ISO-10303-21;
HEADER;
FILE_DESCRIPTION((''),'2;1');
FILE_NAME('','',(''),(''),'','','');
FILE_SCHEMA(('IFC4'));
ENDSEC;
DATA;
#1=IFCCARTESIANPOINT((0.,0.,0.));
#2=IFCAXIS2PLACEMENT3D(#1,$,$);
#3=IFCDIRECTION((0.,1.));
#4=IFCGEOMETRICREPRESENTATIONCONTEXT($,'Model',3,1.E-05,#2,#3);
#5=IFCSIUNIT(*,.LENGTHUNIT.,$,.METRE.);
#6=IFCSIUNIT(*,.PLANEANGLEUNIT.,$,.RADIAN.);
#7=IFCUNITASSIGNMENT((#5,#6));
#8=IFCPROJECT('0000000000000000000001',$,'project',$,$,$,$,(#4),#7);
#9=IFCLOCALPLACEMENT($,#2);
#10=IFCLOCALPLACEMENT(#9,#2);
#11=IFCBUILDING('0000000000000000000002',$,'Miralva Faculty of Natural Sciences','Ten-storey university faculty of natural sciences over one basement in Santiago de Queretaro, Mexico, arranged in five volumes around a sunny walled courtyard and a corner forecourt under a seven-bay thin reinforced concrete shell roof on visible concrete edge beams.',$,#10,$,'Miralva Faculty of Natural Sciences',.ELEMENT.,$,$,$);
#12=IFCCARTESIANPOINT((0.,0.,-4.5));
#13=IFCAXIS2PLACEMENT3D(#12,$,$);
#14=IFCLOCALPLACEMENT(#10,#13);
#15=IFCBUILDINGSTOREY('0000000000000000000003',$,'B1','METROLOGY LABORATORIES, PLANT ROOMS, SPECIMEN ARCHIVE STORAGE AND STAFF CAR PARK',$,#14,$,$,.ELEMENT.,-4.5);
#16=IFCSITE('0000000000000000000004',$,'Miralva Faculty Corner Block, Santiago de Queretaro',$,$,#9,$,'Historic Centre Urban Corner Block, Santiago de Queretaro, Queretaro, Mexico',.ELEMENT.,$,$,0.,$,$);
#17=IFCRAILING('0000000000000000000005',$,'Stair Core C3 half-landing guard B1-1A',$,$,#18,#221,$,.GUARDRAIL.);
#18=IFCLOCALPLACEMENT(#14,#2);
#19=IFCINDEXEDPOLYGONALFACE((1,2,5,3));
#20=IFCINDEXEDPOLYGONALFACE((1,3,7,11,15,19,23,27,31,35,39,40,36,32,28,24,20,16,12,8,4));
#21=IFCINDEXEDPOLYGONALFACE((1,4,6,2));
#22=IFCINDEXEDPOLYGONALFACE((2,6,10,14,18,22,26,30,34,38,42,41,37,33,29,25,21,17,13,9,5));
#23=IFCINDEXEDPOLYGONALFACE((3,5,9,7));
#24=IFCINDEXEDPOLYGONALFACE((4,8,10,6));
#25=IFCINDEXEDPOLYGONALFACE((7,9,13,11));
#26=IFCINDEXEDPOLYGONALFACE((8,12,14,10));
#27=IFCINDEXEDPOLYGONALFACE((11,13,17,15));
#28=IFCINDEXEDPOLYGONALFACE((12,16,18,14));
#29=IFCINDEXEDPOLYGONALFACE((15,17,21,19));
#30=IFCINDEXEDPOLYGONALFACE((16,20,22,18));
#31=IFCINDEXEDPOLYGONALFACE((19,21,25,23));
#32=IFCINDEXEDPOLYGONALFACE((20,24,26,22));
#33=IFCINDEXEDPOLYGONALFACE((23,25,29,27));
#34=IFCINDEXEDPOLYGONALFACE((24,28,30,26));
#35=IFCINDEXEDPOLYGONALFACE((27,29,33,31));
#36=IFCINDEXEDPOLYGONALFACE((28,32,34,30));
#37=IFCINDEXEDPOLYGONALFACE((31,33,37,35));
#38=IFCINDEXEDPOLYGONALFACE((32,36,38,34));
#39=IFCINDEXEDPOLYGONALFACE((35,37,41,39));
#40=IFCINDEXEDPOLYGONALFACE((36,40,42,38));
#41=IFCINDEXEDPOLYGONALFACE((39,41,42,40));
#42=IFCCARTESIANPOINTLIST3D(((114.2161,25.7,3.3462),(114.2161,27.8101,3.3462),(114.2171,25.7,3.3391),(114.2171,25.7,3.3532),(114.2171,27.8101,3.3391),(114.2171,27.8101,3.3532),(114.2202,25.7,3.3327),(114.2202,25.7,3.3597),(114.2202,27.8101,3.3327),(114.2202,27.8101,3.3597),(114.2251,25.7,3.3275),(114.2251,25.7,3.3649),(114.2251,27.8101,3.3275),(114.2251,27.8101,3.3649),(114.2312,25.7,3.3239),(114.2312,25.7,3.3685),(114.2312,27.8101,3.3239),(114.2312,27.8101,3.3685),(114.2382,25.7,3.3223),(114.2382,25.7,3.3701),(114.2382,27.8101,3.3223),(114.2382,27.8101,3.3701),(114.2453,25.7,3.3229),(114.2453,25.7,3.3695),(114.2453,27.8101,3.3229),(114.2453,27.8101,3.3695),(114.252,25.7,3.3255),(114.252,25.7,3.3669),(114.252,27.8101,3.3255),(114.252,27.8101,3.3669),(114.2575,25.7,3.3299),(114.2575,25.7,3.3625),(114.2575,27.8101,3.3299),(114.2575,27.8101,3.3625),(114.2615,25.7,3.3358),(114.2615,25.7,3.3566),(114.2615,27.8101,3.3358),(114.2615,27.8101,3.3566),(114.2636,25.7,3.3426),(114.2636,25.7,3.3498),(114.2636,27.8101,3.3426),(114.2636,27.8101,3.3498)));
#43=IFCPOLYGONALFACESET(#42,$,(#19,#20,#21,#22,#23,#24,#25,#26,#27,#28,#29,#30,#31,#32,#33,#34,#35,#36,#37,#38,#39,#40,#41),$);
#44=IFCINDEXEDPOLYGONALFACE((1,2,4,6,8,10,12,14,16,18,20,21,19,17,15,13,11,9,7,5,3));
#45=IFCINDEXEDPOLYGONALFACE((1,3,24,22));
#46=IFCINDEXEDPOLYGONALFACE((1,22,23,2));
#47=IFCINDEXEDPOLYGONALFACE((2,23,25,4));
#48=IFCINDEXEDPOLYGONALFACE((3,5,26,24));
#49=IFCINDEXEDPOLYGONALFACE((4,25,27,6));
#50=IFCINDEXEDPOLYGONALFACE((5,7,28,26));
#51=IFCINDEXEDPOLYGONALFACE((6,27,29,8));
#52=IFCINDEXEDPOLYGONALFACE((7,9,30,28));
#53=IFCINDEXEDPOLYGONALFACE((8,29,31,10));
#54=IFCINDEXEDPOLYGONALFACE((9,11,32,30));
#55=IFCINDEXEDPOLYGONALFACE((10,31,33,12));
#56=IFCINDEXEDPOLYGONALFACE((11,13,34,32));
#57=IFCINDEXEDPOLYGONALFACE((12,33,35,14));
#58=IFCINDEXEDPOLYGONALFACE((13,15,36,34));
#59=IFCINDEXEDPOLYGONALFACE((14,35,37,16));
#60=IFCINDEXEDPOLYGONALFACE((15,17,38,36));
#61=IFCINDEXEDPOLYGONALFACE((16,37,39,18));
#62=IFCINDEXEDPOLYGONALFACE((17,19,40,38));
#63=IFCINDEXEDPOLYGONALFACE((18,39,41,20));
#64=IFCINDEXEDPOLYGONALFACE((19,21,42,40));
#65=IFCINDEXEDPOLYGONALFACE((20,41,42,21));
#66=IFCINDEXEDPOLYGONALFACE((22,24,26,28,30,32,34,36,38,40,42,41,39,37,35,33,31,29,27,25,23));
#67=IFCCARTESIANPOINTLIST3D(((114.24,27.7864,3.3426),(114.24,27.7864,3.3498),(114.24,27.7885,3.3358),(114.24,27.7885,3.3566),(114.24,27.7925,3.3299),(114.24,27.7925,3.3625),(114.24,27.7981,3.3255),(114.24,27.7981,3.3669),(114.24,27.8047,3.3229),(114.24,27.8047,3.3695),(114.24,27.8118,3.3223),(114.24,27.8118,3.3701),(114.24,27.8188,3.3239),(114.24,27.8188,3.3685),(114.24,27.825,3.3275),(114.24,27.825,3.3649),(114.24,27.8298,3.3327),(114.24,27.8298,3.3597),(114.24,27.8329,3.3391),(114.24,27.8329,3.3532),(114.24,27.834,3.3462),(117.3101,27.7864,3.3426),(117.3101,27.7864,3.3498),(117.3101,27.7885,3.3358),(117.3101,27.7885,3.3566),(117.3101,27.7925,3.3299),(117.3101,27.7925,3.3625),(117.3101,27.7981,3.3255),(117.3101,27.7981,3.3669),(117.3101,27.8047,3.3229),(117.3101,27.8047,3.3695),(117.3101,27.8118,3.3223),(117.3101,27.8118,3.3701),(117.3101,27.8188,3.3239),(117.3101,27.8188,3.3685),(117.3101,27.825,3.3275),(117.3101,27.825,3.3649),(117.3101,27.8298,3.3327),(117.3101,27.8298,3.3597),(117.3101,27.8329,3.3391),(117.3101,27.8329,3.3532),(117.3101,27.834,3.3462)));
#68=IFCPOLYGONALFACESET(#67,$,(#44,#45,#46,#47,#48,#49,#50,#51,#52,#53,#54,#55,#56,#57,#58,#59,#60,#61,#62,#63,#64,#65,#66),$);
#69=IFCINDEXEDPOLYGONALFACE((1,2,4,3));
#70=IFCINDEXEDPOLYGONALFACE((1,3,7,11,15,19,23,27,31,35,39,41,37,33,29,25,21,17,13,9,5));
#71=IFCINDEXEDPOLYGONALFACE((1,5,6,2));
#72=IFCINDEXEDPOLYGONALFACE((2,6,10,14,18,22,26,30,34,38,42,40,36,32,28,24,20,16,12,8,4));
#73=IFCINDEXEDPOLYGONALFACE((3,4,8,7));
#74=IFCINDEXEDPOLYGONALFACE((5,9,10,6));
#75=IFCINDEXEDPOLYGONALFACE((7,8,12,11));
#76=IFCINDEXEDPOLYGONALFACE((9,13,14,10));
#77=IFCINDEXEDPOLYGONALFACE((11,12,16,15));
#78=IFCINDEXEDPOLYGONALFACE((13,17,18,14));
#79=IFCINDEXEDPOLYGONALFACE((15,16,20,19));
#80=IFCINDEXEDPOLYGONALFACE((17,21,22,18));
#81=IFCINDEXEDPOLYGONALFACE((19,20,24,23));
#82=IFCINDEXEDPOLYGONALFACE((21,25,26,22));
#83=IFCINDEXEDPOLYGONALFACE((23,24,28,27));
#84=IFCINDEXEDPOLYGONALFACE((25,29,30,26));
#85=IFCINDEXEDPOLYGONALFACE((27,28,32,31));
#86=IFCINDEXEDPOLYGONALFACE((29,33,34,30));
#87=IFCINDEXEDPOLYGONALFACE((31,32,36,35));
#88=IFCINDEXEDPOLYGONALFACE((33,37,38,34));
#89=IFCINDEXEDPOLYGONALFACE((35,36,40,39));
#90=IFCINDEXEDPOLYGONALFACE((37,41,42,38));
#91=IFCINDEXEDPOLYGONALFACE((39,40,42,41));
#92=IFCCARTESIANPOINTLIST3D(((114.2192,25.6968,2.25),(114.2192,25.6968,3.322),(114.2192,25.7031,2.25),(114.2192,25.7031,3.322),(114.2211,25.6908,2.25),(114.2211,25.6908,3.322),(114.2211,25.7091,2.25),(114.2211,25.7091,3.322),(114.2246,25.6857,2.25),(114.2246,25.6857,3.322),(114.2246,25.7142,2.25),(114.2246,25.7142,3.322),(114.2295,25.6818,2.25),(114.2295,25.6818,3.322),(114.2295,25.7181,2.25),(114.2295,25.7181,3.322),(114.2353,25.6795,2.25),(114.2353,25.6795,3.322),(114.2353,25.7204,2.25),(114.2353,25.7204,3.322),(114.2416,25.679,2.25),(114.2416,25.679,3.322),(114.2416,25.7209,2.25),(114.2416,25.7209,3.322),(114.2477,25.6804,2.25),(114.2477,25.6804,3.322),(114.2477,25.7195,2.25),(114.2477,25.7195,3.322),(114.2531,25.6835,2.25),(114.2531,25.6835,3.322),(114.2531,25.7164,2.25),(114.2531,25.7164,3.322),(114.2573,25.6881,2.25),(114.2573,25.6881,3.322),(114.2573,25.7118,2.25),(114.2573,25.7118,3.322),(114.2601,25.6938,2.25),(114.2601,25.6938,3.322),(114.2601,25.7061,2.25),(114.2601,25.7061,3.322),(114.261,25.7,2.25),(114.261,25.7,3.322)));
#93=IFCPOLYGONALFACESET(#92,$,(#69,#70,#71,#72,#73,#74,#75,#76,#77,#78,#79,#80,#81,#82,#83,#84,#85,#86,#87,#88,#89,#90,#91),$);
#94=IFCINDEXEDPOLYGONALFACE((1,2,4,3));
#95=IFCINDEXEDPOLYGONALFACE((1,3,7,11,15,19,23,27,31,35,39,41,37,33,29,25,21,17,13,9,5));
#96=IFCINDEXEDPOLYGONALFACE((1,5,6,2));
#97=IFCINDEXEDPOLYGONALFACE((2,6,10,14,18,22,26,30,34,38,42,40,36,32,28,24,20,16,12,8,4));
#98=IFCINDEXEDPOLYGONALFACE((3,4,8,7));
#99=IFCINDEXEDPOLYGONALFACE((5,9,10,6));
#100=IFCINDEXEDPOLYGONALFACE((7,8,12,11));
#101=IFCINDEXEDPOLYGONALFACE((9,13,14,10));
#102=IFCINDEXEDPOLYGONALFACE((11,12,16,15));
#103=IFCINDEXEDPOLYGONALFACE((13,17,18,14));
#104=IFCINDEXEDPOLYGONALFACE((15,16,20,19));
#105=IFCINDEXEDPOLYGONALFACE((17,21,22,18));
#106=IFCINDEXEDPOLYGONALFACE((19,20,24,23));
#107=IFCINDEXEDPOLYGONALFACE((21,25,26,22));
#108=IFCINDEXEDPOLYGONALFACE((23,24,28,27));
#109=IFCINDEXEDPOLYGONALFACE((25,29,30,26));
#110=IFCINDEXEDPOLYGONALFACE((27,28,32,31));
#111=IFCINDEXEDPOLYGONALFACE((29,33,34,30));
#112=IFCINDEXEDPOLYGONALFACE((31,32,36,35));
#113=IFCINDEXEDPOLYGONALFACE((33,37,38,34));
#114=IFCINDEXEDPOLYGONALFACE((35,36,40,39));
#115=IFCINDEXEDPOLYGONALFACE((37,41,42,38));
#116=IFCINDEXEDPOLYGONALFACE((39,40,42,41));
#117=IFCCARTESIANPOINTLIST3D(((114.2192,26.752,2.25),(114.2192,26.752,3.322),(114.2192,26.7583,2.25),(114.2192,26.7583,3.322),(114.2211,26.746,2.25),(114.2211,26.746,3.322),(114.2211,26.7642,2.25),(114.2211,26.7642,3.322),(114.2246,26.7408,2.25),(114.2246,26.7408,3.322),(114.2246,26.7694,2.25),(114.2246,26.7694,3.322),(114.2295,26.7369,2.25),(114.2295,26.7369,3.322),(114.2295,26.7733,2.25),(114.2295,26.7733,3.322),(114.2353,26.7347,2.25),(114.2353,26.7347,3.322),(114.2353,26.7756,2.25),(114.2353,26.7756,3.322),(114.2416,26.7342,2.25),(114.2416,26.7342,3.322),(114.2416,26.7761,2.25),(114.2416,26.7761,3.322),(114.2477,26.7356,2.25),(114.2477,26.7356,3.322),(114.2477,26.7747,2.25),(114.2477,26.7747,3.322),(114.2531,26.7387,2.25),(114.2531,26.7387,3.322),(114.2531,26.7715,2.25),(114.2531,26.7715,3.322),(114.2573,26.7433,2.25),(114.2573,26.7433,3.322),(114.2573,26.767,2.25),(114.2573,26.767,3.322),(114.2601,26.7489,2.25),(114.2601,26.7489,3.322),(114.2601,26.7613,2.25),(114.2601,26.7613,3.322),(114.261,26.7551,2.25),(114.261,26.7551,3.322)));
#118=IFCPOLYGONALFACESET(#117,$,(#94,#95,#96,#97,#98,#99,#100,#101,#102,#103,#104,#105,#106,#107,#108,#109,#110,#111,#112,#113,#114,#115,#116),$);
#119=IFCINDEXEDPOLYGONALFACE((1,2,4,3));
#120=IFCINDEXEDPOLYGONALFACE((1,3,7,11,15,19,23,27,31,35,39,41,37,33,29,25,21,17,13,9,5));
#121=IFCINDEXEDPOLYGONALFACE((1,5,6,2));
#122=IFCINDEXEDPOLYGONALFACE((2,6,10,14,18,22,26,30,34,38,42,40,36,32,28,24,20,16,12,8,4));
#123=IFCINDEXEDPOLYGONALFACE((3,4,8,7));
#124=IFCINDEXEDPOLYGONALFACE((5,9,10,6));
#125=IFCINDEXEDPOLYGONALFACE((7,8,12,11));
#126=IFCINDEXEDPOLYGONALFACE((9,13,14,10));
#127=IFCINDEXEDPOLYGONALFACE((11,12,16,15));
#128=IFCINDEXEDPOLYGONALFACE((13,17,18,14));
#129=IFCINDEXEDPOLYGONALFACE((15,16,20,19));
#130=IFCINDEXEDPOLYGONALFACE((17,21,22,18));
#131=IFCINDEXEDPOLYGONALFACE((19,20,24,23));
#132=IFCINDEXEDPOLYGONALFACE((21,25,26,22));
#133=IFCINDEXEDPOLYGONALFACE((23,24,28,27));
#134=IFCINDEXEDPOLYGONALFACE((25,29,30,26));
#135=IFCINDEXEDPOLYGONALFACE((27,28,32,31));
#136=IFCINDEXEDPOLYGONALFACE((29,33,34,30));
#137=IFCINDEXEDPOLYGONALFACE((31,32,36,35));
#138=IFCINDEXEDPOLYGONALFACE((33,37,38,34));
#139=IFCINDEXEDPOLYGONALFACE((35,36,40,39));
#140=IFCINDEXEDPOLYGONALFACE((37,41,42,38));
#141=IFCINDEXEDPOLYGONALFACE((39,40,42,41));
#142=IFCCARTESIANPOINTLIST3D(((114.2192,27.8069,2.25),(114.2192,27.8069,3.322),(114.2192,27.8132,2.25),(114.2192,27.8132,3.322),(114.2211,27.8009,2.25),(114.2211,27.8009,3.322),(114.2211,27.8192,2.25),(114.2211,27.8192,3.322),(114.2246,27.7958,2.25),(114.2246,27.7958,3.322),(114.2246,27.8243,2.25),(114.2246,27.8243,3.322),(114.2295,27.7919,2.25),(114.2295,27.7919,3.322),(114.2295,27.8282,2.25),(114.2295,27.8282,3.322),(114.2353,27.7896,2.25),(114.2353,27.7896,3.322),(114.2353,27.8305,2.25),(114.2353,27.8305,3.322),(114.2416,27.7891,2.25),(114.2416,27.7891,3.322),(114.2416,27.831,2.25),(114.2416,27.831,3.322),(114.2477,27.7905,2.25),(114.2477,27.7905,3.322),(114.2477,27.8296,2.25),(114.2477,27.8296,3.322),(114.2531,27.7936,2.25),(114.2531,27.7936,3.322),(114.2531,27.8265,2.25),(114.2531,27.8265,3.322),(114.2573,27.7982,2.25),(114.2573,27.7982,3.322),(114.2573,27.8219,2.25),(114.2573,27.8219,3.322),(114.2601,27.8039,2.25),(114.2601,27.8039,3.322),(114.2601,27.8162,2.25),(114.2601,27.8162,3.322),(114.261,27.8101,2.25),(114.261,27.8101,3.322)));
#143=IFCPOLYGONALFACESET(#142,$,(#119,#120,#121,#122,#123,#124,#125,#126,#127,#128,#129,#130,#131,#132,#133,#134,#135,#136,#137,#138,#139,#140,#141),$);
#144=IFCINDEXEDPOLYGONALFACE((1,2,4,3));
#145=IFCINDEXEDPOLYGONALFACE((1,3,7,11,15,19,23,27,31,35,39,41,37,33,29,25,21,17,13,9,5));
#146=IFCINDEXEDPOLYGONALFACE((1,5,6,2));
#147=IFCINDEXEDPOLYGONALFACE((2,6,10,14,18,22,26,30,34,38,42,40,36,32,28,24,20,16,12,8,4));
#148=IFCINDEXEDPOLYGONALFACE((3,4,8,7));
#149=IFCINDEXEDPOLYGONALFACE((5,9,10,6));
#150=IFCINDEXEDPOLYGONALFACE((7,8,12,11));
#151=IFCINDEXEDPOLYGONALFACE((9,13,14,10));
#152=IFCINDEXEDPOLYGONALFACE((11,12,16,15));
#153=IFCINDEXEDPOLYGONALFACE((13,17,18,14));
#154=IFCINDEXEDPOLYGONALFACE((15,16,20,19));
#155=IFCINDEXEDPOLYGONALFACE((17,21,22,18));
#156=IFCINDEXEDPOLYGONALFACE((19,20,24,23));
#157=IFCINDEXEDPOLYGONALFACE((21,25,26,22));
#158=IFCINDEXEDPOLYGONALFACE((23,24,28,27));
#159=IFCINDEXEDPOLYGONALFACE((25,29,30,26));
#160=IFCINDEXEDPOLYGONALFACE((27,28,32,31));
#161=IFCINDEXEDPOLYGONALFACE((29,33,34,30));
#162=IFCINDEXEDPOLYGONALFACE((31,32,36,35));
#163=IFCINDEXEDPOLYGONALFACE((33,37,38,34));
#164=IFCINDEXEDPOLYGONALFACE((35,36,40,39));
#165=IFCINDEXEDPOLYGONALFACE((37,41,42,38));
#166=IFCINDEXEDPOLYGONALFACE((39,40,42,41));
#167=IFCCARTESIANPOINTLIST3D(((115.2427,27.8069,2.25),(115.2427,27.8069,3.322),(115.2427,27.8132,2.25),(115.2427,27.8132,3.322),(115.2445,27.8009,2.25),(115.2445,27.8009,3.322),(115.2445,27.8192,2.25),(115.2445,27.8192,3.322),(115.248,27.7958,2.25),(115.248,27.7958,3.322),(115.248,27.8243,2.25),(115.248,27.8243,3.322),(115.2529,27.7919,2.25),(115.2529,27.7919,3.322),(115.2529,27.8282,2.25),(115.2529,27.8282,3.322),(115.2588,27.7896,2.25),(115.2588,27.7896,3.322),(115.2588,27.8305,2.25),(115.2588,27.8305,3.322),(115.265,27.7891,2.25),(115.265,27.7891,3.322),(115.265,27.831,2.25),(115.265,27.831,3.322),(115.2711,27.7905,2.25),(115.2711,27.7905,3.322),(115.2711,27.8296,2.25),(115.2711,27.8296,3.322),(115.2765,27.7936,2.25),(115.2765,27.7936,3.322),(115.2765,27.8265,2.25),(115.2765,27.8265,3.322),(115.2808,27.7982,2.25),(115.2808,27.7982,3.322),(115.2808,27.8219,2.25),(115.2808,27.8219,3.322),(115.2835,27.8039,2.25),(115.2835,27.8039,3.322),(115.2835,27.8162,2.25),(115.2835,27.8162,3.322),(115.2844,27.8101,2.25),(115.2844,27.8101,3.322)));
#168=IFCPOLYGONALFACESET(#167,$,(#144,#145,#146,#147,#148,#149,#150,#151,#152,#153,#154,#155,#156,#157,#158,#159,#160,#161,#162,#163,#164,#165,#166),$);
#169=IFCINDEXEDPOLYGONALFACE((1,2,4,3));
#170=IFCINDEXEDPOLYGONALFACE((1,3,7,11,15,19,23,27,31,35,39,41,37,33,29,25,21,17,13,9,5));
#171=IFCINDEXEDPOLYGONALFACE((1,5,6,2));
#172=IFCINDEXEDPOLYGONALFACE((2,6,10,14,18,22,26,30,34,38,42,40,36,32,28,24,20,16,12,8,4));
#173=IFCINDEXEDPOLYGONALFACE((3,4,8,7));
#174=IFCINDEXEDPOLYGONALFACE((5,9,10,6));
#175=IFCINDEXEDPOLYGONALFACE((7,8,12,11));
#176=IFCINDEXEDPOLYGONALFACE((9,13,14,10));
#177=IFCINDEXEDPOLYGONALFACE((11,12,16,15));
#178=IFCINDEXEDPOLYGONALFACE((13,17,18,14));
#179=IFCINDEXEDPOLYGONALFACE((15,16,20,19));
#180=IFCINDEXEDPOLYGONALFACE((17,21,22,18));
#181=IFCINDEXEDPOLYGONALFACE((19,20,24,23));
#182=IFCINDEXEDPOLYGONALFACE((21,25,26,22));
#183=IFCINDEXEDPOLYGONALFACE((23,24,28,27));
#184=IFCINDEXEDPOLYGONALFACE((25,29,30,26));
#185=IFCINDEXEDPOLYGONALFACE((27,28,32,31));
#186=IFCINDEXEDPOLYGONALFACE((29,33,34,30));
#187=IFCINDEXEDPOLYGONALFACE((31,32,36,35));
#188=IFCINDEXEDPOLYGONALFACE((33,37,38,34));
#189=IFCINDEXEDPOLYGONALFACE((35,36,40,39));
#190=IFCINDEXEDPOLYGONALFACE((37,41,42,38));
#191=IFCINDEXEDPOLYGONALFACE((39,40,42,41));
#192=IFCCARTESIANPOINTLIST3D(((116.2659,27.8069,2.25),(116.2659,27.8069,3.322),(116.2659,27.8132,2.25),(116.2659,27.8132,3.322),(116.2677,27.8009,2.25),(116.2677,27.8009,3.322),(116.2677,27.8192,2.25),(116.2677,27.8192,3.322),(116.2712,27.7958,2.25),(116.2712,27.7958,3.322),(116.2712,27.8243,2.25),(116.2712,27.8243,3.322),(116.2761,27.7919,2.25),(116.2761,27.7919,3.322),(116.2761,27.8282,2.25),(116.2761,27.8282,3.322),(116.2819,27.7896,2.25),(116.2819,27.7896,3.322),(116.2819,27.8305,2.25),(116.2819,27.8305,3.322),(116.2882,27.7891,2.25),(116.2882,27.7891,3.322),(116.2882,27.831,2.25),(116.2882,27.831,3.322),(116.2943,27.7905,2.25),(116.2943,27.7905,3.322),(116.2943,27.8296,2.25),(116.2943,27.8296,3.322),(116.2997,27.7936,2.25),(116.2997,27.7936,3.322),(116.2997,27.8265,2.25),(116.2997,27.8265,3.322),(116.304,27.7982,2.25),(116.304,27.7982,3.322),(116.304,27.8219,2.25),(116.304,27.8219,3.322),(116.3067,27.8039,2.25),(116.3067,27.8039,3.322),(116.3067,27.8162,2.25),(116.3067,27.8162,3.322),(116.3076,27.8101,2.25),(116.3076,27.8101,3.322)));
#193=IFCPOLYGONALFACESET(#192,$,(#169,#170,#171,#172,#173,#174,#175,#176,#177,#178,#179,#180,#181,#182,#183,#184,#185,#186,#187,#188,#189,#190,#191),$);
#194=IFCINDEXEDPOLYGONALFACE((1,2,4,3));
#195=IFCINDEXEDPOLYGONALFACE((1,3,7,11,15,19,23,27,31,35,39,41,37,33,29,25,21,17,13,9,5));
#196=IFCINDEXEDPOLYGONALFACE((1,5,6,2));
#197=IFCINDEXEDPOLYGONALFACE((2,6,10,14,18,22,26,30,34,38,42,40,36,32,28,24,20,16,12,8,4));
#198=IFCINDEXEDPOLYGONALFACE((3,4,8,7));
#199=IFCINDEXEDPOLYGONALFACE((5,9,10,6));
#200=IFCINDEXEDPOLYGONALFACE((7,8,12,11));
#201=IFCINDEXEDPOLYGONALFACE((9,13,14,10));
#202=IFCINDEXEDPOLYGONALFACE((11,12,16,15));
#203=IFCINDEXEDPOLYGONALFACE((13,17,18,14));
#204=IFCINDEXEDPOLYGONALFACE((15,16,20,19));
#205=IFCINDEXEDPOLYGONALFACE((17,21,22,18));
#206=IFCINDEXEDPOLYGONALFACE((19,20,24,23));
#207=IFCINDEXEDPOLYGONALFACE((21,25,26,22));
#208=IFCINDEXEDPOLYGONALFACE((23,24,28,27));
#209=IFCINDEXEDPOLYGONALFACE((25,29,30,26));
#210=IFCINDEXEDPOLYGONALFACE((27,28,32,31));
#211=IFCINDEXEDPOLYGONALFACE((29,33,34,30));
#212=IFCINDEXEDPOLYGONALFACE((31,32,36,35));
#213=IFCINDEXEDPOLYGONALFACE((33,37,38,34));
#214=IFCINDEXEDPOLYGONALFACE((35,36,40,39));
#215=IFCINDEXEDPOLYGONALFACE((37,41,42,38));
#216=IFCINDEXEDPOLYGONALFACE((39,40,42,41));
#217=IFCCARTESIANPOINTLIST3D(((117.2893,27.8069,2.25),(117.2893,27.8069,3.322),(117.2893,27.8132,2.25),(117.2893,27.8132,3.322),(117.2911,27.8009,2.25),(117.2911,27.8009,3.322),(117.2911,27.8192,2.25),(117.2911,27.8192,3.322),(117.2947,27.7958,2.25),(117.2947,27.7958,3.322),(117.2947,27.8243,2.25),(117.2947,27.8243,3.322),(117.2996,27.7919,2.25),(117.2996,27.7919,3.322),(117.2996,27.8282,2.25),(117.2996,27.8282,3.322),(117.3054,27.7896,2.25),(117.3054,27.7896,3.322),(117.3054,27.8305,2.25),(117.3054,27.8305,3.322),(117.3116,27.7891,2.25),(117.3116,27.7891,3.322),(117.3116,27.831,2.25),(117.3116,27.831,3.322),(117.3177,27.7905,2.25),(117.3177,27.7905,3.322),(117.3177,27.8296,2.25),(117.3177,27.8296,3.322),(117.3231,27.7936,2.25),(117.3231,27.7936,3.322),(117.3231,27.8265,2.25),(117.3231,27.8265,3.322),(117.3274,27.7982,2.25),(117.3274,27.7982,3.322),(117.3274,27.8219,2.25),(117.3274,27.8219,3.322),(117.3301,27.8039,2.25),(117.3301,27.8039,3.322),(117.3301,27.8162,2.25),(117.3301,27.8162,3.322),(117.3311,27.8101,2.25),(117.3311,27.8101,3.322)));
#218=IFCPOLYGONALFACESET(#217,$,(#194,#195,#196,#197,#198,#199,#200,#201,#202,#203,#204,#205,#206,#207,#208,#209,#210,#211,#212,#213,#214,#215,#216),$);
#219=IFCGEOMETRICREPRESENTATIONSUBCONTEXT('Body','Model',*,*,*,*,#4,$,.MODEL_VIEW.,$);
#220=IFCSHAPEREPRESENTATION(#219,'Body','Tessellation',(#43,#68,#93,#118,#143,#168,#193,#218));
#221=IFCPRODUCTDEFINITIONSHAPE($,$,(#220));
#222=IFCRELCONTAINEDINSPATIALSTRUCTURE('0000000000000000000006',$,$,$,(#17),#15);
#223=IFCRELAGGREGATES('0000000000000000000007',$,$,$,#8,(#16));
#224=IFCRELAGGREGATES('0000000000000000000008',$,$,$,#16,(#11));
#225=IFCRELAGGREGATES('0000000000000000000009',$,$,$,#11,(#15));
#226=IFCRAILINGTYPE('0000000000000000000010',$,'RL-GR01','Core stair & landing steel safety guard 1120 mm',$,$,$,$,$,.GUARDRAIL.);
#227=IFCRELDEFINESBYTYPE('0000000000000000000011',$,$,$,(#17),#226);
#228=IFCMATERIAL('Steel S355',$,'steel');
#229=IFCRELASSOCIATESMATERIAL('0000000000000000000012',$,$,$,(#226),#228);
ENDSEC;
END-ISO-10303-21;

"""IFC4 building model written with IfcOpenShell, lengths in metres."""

from ifc_helpers import new_model, si_unit, direction, frame, origin, origin_2d, place, context, subcontext, project, spatial, circle, extrude, material, type_object, element, save


model = new_model("IFC4")

# Units and contexts
model_context = context("Model", 3, precision=1e-05, world=origin(), true_north=direction((0.0, 1.0)))
body_context = subcontext(model_context, "Body", "Model", "MODEL_VIEW")
ifc_project = project(units=[si_unit("LENGTHUNIT", "METRE"), si_unit("PLANEANGLEUNIT", "RADIAN")], contexts=[model_context])

# Site, building, storey
site_placement = place(None, origin())
site = spatial("IfcSite", under=ifc_project, at=site_placement, Name="Miralva Faculty Corner Block, Santiago de Queretaro", LongName="Historic Centre Urban Corner Block, Santiago de Queretaro, Queretaro, Mexico", CompositionType="ELEMENT", RefElevation=0.0)
building_placement = place(site_placement, origin())
building = spatial("IfcBuilding", under=site, at=building_placement, Name="Miralva Faculty of Natural Sciences", Description="Ten-storey university faculty of natural sciences over one basement in Santiago de Queretaro, Mexico, arranged in five volumes around a sunny walled courtyard and a corner forecourt under a seven-bay thin reinforced concrete shell roof on visible concrete edge beams.", LongName="Miralva Faculty of Natural Sciences", CompositionType="ELEMENT")
storey_placement = place(building_placement, frame((0.0, 0.0, -4.5)))
storey = spatial("IfcBuildingStorey", under=building, at=storey_placement, Name="B1", Description="METROLOGY LABORATORIES, PLANT ROOMS, SPECIMEN ARCHIVE STORAGE AND STAFF CAR PARK", CompositionType="ELEMENT", Elevation=-4.5)

# Railing
ifc_material_1 = material(Name="Steel S355", Category="steel")
railing_type_1 = type_object("IfcRailingType", Name="RL-GR01", Description="Core stair & landing steel safety guard 1120 mm", PredefinedType="GUARDRAIL", material=ifc_material_1)
railing_1_placement = place(storey_placement, frame((114.24, 25.7, 2.25)))
element("IfcRailing", 1, at=railing_1_placement, inside=storey, type_object=railing_type_1, Name="Stair Core C3 half-landing guard B1-1A", PredefinedType="GUARDRAIL", context=body_context, shape_type="SweptSolid", body=[
    extrude(circle(Radius=0.0239, at=origin_2d()), frame((0.0, 0.0, 1.0962), z_axis=(0.0, 1.0, 0.0), x_axis=(-1.0, 0.0, 0.0)), (0.0, 0.0, 1.0), 2.1101),
    extrude(circle(Radius=0.0239, at=origin_2d()), frame((0.0, 2.1101, 1.0962), z_axis=(1.0, 0.0, 0.0), x_axis=(0.0, 1.0, 0.0)), (0.0, 0.0, 1.0), 3.0701),
    extrude(circle(Radius=0.021, at=origin_2d()), origin(), (0.0, 0.0, 1.0), 1.072),
    extrude(circle(Radius=0.021, at=origin_2d()), frame((0.0, 1.0552, 0.0)), (0.0, 0.0, 1.0), 1.072),
    extrude(circle(Radius=0.021, at=origin_2d()), frame((0.0, 2.1101, 0.0)), (0.0, 0.0, 1.0), 1.072),
    extrude(circle(Radius=0.021, at=origin_2d()), frame((1.0234, 2.1101, 0.0)), (0.0, 0.0, 1.0), 1.072),
    extrude(circle(Radius=0.021, at=origin_2d()), frame((2.0466, 2.1101, 0.0)), (0.0, 0.0, 1.0), 1.072),
    extrude(circle(Radius=0.021, at=origin_2d()), frame((3.0701, 2.1101, 0.0)), (0.0, 0.0, 1.0), 1.072),
])

save(model, "model.ifc")
